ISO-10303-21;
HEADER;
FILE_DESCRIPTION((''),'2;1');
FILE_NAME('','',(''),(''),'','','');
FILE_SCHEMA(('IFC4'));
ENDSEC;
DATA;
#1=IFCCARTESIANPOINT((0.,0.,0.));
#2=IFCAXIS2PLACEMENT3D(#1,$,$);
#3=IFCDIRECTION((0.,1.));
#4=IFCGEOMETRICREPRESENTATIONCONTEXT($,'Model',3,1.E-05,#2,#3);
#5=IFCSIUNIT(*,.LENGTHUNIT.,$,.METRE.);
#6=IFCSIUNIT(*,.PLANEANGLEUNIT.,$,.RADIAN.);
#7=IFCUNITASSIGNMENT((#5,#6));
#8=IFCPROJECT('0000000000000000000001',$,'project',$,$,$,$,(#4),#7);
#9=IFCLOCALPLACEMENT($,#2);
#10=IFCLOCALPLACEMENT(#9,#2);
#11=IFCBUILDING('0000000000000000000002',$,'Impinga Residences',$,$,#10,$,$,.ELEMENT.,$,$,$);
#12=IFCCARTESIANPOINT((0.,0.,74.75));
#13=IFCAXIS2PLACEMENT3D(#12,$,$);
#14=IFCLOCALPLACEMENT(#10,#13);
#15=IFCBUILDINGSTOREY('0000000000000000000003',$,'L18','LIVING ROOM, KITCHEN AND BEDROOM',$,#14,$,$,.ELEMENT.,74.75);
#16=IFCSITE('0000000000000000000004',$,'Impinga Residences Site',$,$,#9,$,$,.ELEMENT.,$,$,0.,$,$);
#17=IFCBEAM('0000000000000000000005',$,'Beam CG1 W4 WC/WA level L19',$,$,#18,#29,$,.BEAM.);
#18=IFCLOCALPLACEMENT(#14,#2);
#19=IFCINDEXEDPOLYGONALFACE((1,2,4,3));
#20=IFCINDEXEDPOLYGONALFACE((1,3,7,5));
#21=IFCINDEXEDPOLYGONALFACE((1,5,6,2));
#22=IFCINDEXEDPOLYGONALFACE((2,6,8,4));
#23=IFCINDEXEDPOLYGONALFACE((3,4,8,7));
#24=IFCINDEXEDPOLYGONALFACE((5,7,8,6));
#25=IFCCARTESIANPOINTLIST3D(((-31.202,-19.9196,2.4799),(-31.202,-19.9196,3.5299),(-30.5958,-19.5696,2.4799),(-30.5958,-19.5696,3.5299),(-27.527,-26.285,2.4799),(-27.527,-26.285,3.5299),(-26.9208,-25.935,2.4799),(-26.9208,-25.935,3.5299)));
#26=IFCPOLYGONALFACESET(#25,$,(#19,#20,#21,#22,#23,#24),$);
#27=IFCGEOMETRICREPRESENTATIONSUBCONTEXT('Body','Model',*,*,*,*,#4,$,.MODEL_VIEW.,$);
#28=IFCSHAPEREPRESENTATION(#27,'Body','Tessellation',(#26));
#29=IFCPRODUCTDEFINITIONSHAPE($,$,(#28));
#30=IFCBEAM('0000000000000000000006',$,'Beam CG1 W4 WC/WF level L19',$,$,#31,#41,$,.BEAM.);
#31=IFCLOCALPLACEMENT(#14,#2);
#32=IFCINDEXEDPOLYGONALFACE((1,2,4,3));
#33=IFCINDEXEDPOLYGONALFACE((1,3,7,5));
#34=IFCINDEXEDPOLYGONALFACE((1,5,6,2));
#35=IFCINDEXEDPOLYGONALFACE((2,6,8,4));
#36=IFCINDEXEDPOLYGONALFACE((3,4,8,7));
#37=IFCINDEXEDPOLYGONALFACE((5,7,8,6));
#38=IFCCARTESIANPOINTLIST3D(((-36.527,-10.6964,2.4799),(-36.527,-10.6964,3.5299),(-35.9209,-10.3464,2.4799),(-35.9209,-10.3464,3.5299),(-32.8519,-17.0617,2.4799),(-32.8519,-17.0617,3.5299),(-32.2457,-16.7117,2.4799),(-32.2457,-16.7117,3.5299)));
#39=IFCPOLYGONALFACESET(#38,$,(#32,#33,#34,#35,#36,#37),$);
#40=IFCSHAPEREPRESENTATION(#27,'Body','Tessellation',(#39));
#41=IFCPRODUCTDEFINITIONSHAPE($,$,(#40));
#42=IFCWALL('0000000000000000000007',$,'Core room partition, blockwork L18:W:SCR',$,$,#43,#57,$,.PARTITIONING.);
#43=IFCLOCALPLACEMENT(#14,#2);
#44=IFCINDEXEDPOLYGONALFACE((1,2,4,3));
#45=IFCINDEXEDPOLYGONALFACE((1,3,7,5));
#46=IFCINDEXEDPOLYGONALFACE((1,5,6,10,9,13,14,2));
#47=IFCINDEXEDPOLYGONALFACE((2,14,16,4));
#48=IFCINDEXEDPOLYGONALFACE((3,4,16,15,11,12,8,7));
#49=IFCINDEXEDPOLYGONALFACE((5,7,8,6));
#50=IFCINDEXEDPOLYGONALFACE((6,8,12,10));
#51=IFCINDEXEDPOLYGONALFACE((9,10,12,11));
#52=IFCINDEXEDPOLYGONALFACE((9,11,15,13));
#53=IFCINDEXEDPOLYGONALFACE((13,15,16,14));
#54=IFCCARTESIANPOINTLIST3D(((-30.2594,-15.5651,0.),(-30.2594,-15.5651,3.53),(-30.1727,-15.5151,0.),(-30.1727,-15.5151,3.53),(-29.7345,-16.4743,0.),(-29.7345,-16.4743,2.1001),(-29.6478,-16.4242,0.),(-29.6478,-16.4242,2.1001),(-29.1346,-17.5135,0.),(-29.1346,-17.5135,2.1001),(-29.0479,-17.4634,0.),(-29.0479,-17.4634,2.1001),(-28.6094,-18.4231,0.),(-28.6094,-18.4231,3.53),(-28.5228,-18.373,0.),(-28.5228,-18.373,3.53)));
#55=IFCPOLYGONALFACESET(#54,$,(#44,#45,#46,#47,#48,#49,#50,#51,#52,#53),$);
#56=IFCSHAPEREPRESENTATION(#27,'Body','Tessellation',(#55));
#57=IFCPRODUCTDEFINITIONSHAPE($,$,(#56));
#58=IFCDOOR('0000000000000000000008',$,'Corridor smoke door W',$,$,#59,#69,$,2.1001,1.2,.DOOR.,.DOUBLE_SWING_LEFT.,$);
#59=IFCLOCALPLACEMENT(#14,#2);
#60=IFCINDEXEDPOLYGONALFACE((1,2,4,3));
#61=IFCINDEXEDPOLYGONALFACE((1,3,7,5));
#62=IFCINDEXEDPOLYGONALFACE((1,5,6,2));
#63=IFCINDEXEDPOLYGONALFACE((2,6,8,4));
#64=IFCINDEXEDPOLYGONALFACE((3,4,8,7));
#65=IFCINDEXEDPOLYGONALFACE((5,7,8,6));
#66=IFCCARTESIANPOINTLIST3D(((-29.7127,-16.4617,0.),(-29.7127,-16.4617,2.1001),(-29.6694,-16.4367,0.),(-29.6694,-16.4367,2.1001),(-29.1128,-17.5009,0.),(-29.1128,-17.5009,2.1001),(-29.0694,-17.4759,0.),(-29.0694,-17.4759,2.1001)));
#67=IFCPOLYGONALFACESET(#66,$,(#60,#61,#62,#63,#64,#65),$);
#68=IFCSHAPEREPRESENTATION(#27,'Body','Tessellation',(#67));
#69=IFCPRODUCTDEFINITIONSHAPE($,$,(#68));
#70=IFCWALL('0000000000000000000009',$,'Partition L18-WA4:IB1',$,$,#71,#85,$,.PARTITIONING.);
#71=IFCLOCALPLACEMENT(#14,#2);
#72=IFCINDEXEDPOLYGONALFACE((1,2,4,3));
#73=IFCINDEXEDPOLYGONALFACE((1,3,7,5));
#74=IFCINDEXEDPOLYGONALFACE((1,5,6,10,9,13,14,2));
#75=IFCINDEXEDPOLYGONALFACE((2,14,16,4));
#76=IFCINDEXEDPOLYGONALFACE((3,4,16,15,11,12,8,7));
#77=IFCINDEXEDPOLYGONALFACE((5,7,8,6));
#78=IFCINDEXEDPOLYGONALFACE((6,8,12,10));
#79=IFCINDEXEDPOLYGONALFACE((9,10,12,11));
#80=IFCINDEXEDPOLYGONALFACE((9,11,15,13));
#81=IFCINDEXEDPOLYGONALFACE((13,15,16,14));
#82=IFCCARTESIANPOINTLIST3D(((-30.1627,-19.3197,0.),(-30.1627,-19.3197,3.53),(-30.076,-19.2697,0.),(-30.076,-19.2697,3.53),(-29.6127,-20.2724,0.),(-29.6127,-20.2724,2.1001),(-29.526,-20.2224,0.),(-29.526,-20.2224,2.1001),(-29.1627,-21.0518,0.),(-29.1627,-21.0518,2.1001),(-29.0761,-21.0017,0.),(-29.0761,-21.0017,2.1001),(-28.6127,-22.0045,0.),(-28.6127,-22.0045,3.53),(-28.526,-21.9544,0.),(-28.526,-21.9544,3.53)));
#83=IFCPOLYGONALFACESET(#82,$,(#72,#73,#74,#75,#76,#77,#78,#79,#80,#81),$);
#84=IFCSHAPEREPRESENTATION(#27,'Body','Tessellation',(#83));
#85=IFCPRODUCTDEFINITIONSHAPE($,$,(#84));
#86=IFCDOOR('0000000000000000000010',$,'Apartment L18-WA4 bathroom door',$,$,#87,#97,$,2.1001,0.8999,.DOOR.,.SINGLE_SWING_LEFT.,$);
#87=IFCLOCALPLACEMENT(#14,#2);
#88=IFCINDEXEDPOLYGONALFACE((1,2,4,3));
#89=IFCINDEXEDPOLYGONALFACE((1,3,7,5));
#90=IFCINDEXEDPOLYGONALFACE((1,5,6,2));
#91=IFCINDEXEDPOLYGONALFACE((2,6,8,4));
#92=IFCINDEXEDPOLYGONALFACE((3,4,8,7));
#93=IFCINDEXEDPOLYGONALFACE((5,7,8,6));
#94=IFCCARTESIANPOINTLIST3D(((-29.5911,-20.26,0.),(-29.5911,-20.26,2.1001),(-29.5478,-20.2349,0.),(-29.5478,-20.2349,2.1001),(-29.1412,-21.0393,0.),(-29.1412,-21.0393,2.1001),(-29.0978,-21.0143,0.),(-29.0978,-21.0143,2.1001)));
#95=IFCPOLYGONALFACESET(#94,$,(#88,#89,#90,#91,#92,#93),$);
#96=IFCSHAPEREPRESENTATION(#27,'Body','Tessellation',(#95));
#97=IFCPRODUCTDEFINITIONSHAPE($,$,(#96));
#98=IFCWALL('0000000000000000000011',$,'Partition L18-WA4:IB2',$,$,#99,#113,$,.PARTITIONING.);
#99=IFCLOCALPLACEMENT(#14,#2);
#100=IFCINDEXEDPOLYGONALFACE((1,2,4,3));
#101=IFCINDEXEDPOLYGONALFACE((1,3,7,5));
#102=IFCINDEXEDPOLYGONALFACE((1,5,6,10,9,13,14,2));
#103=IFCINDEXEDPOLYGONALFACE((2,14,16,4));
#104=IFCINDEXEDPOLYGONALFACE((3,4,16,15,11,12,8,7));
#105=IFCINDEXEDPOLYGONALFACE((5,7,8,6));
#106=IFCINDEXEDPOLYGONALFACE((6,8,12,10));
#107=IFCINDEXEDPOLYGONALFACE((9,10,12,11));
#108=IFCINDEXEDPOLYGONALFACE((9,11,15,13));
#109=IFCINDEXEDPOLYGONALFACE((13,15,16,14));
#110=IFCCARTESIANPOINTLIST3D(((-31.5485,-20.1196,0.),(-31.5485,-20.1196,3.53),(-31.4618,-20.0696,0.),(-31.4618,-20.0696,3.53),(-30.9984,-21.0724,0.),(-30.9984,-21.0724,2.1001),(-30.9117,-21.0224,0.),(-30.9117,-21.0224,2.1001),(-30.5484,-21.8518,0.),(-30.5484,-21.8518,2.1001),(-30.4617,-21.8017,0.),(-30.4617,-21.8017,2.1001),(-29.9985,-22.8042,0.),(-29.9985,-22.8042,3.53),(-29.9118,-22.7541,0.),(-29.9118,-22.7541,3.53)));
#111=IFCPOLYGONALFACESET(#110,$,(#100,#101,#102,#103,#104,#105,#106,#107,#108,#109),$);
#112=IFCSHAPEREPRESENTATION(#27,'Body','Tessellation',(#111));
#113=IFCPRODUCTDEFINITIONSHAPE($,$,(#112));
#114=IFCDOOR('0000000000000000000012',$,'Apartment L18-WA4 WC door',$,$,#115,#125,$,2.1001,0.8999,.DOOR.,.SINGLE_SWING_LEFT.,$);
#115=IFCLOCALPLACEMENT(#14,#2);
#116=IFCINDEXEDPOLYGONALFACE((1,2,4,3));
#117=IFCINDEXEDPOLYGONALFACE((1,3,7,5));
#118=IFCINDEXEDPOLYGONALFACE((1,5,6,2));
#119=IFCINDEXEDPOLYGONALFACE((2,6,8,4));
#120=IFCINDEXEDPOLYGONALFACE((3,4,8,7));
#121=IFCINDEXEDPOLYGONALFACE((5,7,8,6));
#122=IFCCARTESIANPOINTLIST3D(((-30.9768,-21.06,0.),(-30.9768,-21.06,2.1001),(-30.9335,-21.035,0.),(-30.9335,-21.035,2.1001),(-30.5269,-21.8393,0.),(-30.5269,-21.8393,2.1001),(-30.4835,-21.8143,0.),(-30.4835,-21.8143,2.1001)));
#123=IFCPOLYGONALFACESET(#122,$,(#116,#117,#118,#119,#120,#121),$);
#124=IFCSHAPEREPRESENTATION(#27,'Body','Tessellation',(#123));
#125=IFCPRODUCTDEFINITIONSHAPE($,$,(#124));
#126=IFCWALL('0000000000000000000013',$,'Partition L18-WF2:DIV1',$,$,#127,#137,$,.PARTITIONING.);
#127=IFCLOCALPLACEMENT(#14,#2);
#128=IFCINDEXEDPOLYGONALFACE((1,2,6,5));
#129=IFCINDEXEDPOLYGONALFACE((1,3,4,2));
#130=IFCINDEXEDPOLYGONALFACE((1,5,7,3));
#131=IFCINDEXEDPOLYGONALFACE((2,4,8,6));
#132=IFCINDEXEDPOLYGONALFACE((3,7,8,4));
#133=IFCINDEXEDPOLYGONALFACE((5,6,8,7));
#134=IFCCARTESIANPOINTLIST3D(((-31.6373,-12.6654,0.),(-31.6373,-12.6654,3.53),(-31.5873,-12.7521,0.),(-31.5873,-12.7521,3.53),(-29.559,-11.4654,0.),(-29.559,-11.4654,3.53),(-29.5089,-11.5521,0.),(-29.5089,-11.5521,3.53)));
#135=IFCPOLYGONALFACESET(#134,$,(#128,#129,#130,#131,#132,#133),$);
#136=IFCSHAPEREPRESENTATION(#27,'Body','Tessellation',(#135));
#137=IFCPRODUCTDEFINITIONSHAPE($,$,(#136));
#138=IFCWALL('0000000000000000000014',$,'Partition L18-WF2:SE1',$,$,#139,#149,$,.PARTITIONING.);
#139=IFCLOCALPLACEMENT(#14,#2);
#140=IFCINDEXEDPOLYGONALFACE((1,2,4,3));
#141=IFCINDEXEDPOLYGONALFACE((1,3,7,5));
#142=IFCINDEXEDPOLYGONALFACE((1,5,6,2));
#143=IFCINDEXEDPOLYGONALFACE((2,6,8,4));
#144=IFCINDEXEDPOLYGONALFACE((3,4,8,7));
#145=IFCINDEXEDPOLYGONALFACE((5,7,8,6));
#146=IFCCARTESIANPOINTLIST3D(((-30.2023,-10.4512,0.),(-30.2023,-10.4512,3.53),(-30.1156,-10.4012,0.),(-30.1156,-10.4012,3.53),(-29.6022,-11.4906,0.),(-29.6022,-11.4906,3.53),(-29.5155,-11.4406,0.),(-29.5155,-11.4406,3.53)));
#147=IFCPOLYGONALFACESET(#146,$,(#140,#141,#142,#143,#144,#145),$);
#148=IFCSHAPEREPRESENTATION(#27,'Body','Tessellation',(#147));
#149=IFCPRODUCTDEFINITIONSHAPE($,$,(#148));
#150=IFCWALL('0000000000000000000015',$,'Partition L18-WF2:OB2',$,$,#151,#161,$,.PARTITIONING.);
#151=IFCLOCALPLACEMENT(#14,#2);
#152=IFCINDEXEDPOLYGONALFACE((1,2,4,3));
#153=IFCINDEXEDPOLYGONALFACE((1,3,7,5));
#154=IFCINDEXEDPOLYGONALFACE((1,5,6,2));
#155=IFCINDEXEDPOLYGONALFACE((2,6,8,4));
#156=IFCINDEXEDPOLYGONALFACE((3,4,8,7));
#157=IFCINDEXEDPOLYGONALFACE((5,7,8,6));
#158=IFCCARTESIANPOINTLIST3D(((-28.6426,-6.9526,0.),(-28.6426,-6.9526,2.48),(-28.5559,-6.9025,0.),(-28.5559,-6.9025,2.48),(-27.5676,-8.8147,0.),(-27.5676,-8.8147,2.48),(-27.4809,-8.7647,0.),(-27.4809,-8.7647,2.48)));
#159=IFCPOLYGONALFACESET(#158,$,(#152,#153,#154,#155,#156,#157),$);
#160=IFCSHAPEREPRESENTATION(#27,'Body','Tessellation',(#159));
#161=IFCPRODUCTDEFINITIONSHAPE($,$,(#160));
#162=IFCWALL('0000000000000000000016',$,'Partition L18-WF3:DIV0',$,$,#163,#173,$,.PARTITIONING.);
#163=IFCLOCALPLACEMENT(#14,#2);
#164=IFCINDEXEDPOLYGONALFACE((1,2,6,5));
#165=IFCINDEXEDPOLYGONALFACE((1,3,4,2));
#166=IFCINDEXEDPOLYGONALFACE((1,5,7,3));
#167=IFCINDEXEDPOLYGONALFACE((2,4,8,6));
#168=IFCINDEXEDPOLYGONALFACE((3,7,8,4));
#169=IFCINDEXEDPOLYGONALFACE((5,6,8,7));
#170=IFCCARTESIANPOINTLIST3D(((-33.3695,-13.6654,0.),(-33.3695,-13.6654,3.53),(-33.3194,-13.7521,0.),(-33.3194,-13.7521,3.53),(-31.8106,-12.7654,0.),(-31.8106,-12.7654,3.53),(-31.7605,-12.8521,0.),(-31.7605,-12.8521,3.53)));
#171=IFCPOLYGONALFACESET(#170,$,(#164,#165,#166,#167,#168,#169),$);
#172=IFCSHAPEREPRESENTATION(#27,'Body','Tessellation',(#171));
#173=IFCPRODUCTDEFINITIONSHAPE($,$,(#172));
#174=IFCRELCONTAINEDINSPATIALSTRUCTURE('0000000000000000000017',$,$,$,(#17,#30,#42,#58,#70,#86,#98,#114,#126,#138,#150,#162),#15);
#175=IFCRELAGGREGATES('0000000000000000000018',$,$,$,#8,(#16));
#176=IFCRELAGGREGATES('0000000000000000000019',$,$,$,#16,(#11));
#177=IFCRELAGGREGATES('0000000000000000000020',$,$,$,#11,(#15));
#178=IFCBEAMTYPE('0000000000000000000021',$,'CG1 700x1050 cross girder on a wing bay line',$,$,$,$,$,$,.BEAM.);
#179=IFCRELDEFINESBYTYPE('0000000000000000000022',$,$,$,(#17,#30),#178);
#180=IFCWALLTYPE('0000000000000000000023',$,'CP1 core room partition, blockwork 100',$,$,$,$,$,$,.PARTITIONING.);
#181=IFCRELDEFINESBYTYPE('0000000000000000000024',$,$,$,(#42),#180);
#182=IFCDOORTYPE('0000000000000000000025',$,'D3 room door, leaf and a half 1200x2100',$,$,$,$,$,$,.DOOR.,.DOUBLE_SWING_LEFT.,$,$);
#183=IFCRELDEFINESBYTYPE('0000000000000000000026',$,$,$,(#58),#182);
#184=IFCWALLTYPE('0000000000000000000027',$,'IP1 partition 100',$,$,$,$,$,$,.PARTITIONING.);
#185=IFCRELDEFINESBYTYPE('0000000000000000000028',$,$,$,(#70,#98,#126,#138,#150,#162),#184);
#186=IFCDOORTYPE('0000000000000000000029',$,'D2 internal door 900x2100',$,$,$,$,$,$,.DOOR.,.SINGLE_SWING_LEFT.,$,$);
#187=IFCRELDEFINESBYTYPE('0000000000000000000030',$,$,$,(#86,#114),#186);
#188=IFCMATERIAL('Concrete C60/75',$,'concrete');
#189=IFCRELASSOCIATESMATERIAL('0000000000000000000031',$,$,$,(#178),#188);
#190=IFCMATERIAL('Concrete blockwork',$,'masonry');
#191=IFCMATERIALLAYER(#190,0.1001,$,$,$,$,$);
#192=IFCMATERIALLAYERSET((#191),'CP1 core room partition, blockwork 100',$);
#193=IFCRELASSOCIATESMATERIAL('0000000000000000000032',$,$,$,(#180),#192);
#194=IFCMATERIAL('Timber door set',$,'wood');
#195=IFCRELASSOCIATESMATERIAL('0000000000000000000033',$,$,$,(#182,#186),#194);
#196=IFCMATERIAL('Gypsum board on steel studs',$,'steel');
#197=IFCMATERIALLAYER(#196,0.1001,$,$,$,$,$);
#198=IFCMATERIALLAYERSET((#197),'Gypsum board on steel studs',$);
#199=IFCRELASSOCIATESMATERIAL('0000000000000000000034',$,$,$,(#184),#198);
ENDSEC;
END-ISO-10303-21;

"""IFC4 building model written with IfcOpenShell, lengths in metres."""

from ifc_helpers import new_model, si_unit, direction, frame, frame_2d, origin, origin_2d, place, context, subcontext, project, spatial, rectangle, extrude, material, layer, layer_set, material_profile, profile_set, type_object, element, fill, save


model = new_model("IFC4")

# Units and contexts
model_context = context("Model", 3, precision=1e-05, world=origin(), true_north=direction((0.0, 1.0)))
body_context = subcontext(model_context, "Body", "Model", "MODEL_VIEW")
ifc_project = project(units=[si_unit("LENGTHUNIT", "METRE"), si_unit("PLANEANGLEUNIT", "RADIAN")], contexts=[model_context])

# Site, building, storey
site_placement = place(None, origin())
site = spatial("IfcSite", under=ifc_project, at=site_placement, Name="Impinga Residences Site", CompositionType="ELEMENT", RefElevation=0.0)
building_placement = place(site_placement, origin())
building = spatial("IfcBuilding", under=site, at=building_placement, Name="Impinga Residences", CompositionType="ELEMENT")
storey_placement = place(building_placement, frame((0.0, 0.0, 74.75)))
storey = spatial("IfcBuildingStorey", under=building, at=storey_placement, Name="L18", Description="LIVING ROOM, KITCHEN AND BEDROOM", CompositionType="ELEMENT", Elevation=74.75)

# Beams
ifc_material_1 = material(Name="Concrete C60/75", Category="concrete")
ifc_material_profile = material_profile(ifc_material_1, rectangle(XDim=0.7, YDim=1.05, at=origin_2d()), Name="RC 700x1050")
ifc_profile_set = profile_set([ifc_material_profile], Name="Concrete C60/75")
beam_type = type_object("IfcBeamType", Name="CG1 700x1050 cross girder on a wing bay line", PredefinedType="BEAM", material=ifc_profile_set)
for number, where, z_axis, x_axis, name in (
    (1, (-30.8989, -19.7446, 3.0049), (0.499994, -0.866029, 0.0), (0.866029, 0.499994, 0.0), "Beam CG1 W4 WC/WA level L19"),
    (2, (-32.5488, -16.8867, 3.0049), (-0.500008, 0.866021, 0.0), (-0.866021, -0.500008, 0.0), "Beam CG1 W4 WC/WF level L19"),
):
    element("IfcBeam", number, at=place(storey_placement, frame(where, z_axis=z_axis, x_axis=x_axis)), inside=storey, type_object=beam_type, Name=name, PredefinedType="BEAM", context=body_context, shape_type="SweptSolid", body=[
        extrude(rectangle(XDim=0.7, YDim=1.05, at=origin_2d()), origin(), (0.0, 0.0, 1.0), 7.3501),
    ])

# Walls, openings, doors
ifc_material_2 = material(Name="Concrete blockwork", Category="masonry")
ifc_layer_1 = layer(ifc_material_2, 0.1001)
ifc_layer_set_1 = layer_set([ifc_layer_1], Name="CP1 core room partition, blockwork 100")
wall_type_1 = type_object("IfcWallType", Name="CP1 core room partition, blockwork 100", PredefinedType="PARTITIONING", material=ifc_layer_set_1)
wall_1_placement = place(storey_placement, frame((-28.5662, -18.3979, 0.0), z_axis=(0.0, 0.0, 1.0), x_axis=(-0.499974, 0.86604, 0.0)))
wall_1 = element("IfcWall", 3, at=wall_1_placement, inside=storey, type_object=wall_type_1, Name="Core room partition, blockwork L18:W:SCR", PredefinedType="PARTITIONING", context=body_context, shape_type="SweptSolid", body=[
    extrude(rectangle(XDim=3.3, YDim=0.1001, at=frame_2d((1.6499, 0.0))), origin(), (0.0, 0.0, 1.0), 3.53),
])
opening_1_placement = place(wall_1_placement, frame((1.05, 0.0, 0.0)))
opening_1 = element("IfcOpeningElement", 4, at=opening_1_placement, cuts=wall_1, PredefinedType="OPENING", context=body_context, shape_type="SweptSolid", body=[
    extrude(rectangle(XDim=1.2, YDim=2.1001, at=frame_2d((0.6001, 1.05))), frame((0.0, 0.0601, 0.0), z_axis=(0.0, -1.0, 0.0), x_axis=(1.0, 0.0, 0.0)), (0.0, 0.0, 1.0), 0.1201),
])
ifc_material_3 = material(Name="Timber door set", Category="wood")
door_type_1 = type_object("IfcDoorType", Name="D3 room door, leaf and a half 1200x2100", OperationType="DOUBLE_SWING_LEFT", PredefinedType="DOOR", material=ifc_material_3)
door_1_placement = place(opening_1_placement, origin())
door_1 = element("IfcDoor", 5, at=door_1_placement, inside=storey, type_object=door_type_1, Name="Corridor smoke door W", OperationType="DOUBLE_SWING_LEFT", OverallHeight=2.1001, OverallWidth=1.2, PredefinedType="DOOR", context=body_context, shape_type="SweptSolid", body=[
    extrude(rectangle(XDim=1.2, YDim=2.1001, at=frame_2d((0.6001, 1.05))), frame((0.0, 0.0249, 0.0), z_axis=(0.0, -1.0, 0.0), x_axis=(1.0, 0.0, 0.0)), (0.0, 0.0, 1.0), 0.05),
])
fill(opening_1, door_1)
ifc_material_4 = material(Name="Gypsum board on steel studs", Category="steel")
ifc_layer_2 = layer(ifc_material_4, 0.1001)
ifc_layer_set_2 = layer_set([ifc_layer_2], Name="Gypsum board on steel studs")
wall_type_2 = type_object("IfcWallType", Name="IP1 partition 100", PredefinedType="PARTITIONING", material=ifc_layer_set_2)
wall_2_placement = place(storey_placement, frame((-30.1194, -19.2947, 0.0), z_axis=(0.0, 0.0, 1.0), x_axis=(0.499993, -0.86603, 0.0)))
wall_2 = element("IfcWall", 6, at=wall_2_placement, inside=storey, type_object=wall_type_2, Name="Partition L18-WA4:IB1", PredefinedType="PARTITIONING", context=body_context, shape_type="SweptSolid", body=[
    extrude(rectangle(XDim=3.1001, YDim=0.1001, at=frame_2d((1.55, 0.0))), origin(), (0.0, 0.0, 1.0), 3.53),
])
opening_2_placement = place(wall_2_placement, frame((1.1001, 0.0, 0.0)))
opening_2 = element("IfcOpeningElement", 7, at=opening_2_placement, cuts=wall_2, PredefinedType="OPENING", context=body_context, shape_type="SweptSolid", body=[
    extrude(rectangle(XDim=0.8999, YDim=2.1001, at=frame_2d((0.45, 1.05))), frame((0.0, 0.0601, 0.0), z_axis=(0.0, -1.0, 0.0), x_axis=(1.0, 0.0, 0.0)), (0.0, 0.0, 1.0), 0.1201),
])
door_type_2 = type_object("IfcDoorType", Name="D2 internal door 900x2100", OperationType="SINGLE_SWING_LEFT", PredefinedType="DOOR", material=ifc_material_3)
door_2_placement = place(opening_2_placement, origin())
door_2 = element("IfcDoor", 8, at=door_2_placement, inside=storey, type_object=door_type_2, Name="Apartment L18-WA4 bathroom door", OperationType="SINGLE_SWING_LEFT", OverallHeight=2.1001, OverallWidth=0.8999, PredefinedType="DOOR", context=body_context, shape_type="SweptSolid", body=[
    extrude(rectangle(XDim=0.8999, YDim=2.1001, at=frame_2d((0.45, 1.05))), frame((0.0, 0.0249, 0.0), z_axis=(0.0, -1.0, 0.0), x_axis=(1.0, 0.0, 0.0)), (0.0, 0.0, 1.0), 0.05),
])
fill(opening_2, door_2)
wall_3_placement = place(storey_placement, frame((-31.5051, -20.0947, 0.0), z_axis=(0.0, 0.0, 1.0), x_axis=(0.500027, -0.86601, 0.0)))
wall_3 = element("IfcWall", 9, at=wall_3_placement, inside=storey, type_object=wall_type_2, Name="Partition L18-WA4:IB2", PredefinedType="PARTITIONING", context=body_context, shape_type="SweptSolid", body=[
    extrude(rectangle(XDim=3.0999, YDim=0.1001, at=frame_2d((1.5498, 0.0))), origin(), (0.0, 0.0, 1.0), 3.53),
])
opening_3_placement = place(wall_3_placement, frame((1.1001, 0.0, 0.0)))
opening_3 = element("IfcOpeningElement", 10, at=opening_3_placement, cuts=wall_3, PredefinedType="OPENING", context=body_context, shape_type="SweptSolid", body=[
    extrude(rectangle(XDim=0.8999, YDim=2.1001, at=frame_2d((0.45, 1.05))), frame((0.0, 0.0601, 0.0), z_axis=(0.0, -1.0, 0.0), x_axis=(1.0, 0.0, 0.0)), (0.0, 0.0, 1.0), 0.1201),
])
door_3_placement = place(opening_3_placement, origin())
door_3 = element("IfcDoor", 11, at=door_3_placement, inside=storey, type_object=door_type_2, Name="Apartment L18-WA4 WC door", OperationType="SINGLE_SWING_LEFT", OverallHeight=2.1001, OverallWidth=0.8999, PredefinedType="DOOR", context=body_context, shape_type="SweptSolid", body=[
    extrude(rectangle(XDim=0.8999, YDim=2.1001, at=frame_2d((0.45, 1.05))), frame((0.0, 0.0249, 0.0), z_axis=(0.0, -1.0, 0.0), x_axis=(1.0, 0.0, 0.0)), (0.0, 0.0, 1.0), 0.05),
])
fill(opening_3, door_3)

# Walls
wall_4_placement = place(storey_placement, frame((-29.5339, -11.5088, 0.0), z_axis=(0.0, 0.0, 1.0), x_axis=(-0.866025, -0.500001, 0.0)))
element("IfcWall", 12, at=wall_4_placement, inside=storey, type_object=wall_type_2, Name="Partition L18-WF2:DIV1", PredefinedType="PARTITIONING", context=body_context, shape_type="SweptSolid", body=[
    extrude(rectangle(XDim=2.3999, YDim=0.1001, at=frame_2d((1.2, 0.0))), origin(), (0.0, 0.0, 1.0), 3.53),
])
wall_5_placement = place(storey_placement, frame((-29.5588, -11.4656, 0.0), z_axis=(0.0, 0.0, 1.0), x_axis=(-0.500034, 0.866006, 0.0)))
element("IfcWall", 13, at=wall_5_placement, inside=storey, type_object=wall_type_2, Name="Partition L18-WF2:SE1", PredefinedType="PARTITIONING", context=body_context, shape_type="SweptSolid", body=[
    extrude(rectangle(XDim=1.2002, YDim=0.1001, at=frame_2d((0.6001, 0.0))), origin(), (0.0, 0.0, 1.0), 3.53),
])
wall_6_placement = place(storey_placement, frame((-27.5242, -8.7898, 0.0), z_axis=(0.0, 0.0, 1.0), x_axis=(-0.499962, 0.866048, 0.0)))
element("IfcWall", 14, at=wall_6_placement, inside=storey, type_object=wall_type_2, Name="Partition L18-WF2:OB2", PredefinedType="PARTITIONING", context=body_context, shape_type="SweptSolid", body=[
    extrude(rectangle(XDim=2.1501, YDim=0.1001, at=frame_2d((1.0752, 0.0))), origin(), (0.0, 0.0, 1.0), 2.48),
])
wall_7_placement = place(storey_placement, frame((-31.7856, -12.8088, 0.0), z_axis=(0.0, 0.0, 1.0), x_axis=(-0.866048, -0.499961, 0.0)))
element("IfcWall", 15, at=wall_7_placement, inside=storey, type_object=wall_type_2, Name="Partition L18-WF3:DIV0", PredefinedType="PARTITIONING", context=body_context, shape_type="SweptSolid", body=[
    extrude(rectangle(XDim=1.8, YDim=0.1001, at=frame_2d((0.8999, 0.0))), origin(), (0.0, 0.0, 1.0), 3.53),
])

save(model, "model.ifc")
